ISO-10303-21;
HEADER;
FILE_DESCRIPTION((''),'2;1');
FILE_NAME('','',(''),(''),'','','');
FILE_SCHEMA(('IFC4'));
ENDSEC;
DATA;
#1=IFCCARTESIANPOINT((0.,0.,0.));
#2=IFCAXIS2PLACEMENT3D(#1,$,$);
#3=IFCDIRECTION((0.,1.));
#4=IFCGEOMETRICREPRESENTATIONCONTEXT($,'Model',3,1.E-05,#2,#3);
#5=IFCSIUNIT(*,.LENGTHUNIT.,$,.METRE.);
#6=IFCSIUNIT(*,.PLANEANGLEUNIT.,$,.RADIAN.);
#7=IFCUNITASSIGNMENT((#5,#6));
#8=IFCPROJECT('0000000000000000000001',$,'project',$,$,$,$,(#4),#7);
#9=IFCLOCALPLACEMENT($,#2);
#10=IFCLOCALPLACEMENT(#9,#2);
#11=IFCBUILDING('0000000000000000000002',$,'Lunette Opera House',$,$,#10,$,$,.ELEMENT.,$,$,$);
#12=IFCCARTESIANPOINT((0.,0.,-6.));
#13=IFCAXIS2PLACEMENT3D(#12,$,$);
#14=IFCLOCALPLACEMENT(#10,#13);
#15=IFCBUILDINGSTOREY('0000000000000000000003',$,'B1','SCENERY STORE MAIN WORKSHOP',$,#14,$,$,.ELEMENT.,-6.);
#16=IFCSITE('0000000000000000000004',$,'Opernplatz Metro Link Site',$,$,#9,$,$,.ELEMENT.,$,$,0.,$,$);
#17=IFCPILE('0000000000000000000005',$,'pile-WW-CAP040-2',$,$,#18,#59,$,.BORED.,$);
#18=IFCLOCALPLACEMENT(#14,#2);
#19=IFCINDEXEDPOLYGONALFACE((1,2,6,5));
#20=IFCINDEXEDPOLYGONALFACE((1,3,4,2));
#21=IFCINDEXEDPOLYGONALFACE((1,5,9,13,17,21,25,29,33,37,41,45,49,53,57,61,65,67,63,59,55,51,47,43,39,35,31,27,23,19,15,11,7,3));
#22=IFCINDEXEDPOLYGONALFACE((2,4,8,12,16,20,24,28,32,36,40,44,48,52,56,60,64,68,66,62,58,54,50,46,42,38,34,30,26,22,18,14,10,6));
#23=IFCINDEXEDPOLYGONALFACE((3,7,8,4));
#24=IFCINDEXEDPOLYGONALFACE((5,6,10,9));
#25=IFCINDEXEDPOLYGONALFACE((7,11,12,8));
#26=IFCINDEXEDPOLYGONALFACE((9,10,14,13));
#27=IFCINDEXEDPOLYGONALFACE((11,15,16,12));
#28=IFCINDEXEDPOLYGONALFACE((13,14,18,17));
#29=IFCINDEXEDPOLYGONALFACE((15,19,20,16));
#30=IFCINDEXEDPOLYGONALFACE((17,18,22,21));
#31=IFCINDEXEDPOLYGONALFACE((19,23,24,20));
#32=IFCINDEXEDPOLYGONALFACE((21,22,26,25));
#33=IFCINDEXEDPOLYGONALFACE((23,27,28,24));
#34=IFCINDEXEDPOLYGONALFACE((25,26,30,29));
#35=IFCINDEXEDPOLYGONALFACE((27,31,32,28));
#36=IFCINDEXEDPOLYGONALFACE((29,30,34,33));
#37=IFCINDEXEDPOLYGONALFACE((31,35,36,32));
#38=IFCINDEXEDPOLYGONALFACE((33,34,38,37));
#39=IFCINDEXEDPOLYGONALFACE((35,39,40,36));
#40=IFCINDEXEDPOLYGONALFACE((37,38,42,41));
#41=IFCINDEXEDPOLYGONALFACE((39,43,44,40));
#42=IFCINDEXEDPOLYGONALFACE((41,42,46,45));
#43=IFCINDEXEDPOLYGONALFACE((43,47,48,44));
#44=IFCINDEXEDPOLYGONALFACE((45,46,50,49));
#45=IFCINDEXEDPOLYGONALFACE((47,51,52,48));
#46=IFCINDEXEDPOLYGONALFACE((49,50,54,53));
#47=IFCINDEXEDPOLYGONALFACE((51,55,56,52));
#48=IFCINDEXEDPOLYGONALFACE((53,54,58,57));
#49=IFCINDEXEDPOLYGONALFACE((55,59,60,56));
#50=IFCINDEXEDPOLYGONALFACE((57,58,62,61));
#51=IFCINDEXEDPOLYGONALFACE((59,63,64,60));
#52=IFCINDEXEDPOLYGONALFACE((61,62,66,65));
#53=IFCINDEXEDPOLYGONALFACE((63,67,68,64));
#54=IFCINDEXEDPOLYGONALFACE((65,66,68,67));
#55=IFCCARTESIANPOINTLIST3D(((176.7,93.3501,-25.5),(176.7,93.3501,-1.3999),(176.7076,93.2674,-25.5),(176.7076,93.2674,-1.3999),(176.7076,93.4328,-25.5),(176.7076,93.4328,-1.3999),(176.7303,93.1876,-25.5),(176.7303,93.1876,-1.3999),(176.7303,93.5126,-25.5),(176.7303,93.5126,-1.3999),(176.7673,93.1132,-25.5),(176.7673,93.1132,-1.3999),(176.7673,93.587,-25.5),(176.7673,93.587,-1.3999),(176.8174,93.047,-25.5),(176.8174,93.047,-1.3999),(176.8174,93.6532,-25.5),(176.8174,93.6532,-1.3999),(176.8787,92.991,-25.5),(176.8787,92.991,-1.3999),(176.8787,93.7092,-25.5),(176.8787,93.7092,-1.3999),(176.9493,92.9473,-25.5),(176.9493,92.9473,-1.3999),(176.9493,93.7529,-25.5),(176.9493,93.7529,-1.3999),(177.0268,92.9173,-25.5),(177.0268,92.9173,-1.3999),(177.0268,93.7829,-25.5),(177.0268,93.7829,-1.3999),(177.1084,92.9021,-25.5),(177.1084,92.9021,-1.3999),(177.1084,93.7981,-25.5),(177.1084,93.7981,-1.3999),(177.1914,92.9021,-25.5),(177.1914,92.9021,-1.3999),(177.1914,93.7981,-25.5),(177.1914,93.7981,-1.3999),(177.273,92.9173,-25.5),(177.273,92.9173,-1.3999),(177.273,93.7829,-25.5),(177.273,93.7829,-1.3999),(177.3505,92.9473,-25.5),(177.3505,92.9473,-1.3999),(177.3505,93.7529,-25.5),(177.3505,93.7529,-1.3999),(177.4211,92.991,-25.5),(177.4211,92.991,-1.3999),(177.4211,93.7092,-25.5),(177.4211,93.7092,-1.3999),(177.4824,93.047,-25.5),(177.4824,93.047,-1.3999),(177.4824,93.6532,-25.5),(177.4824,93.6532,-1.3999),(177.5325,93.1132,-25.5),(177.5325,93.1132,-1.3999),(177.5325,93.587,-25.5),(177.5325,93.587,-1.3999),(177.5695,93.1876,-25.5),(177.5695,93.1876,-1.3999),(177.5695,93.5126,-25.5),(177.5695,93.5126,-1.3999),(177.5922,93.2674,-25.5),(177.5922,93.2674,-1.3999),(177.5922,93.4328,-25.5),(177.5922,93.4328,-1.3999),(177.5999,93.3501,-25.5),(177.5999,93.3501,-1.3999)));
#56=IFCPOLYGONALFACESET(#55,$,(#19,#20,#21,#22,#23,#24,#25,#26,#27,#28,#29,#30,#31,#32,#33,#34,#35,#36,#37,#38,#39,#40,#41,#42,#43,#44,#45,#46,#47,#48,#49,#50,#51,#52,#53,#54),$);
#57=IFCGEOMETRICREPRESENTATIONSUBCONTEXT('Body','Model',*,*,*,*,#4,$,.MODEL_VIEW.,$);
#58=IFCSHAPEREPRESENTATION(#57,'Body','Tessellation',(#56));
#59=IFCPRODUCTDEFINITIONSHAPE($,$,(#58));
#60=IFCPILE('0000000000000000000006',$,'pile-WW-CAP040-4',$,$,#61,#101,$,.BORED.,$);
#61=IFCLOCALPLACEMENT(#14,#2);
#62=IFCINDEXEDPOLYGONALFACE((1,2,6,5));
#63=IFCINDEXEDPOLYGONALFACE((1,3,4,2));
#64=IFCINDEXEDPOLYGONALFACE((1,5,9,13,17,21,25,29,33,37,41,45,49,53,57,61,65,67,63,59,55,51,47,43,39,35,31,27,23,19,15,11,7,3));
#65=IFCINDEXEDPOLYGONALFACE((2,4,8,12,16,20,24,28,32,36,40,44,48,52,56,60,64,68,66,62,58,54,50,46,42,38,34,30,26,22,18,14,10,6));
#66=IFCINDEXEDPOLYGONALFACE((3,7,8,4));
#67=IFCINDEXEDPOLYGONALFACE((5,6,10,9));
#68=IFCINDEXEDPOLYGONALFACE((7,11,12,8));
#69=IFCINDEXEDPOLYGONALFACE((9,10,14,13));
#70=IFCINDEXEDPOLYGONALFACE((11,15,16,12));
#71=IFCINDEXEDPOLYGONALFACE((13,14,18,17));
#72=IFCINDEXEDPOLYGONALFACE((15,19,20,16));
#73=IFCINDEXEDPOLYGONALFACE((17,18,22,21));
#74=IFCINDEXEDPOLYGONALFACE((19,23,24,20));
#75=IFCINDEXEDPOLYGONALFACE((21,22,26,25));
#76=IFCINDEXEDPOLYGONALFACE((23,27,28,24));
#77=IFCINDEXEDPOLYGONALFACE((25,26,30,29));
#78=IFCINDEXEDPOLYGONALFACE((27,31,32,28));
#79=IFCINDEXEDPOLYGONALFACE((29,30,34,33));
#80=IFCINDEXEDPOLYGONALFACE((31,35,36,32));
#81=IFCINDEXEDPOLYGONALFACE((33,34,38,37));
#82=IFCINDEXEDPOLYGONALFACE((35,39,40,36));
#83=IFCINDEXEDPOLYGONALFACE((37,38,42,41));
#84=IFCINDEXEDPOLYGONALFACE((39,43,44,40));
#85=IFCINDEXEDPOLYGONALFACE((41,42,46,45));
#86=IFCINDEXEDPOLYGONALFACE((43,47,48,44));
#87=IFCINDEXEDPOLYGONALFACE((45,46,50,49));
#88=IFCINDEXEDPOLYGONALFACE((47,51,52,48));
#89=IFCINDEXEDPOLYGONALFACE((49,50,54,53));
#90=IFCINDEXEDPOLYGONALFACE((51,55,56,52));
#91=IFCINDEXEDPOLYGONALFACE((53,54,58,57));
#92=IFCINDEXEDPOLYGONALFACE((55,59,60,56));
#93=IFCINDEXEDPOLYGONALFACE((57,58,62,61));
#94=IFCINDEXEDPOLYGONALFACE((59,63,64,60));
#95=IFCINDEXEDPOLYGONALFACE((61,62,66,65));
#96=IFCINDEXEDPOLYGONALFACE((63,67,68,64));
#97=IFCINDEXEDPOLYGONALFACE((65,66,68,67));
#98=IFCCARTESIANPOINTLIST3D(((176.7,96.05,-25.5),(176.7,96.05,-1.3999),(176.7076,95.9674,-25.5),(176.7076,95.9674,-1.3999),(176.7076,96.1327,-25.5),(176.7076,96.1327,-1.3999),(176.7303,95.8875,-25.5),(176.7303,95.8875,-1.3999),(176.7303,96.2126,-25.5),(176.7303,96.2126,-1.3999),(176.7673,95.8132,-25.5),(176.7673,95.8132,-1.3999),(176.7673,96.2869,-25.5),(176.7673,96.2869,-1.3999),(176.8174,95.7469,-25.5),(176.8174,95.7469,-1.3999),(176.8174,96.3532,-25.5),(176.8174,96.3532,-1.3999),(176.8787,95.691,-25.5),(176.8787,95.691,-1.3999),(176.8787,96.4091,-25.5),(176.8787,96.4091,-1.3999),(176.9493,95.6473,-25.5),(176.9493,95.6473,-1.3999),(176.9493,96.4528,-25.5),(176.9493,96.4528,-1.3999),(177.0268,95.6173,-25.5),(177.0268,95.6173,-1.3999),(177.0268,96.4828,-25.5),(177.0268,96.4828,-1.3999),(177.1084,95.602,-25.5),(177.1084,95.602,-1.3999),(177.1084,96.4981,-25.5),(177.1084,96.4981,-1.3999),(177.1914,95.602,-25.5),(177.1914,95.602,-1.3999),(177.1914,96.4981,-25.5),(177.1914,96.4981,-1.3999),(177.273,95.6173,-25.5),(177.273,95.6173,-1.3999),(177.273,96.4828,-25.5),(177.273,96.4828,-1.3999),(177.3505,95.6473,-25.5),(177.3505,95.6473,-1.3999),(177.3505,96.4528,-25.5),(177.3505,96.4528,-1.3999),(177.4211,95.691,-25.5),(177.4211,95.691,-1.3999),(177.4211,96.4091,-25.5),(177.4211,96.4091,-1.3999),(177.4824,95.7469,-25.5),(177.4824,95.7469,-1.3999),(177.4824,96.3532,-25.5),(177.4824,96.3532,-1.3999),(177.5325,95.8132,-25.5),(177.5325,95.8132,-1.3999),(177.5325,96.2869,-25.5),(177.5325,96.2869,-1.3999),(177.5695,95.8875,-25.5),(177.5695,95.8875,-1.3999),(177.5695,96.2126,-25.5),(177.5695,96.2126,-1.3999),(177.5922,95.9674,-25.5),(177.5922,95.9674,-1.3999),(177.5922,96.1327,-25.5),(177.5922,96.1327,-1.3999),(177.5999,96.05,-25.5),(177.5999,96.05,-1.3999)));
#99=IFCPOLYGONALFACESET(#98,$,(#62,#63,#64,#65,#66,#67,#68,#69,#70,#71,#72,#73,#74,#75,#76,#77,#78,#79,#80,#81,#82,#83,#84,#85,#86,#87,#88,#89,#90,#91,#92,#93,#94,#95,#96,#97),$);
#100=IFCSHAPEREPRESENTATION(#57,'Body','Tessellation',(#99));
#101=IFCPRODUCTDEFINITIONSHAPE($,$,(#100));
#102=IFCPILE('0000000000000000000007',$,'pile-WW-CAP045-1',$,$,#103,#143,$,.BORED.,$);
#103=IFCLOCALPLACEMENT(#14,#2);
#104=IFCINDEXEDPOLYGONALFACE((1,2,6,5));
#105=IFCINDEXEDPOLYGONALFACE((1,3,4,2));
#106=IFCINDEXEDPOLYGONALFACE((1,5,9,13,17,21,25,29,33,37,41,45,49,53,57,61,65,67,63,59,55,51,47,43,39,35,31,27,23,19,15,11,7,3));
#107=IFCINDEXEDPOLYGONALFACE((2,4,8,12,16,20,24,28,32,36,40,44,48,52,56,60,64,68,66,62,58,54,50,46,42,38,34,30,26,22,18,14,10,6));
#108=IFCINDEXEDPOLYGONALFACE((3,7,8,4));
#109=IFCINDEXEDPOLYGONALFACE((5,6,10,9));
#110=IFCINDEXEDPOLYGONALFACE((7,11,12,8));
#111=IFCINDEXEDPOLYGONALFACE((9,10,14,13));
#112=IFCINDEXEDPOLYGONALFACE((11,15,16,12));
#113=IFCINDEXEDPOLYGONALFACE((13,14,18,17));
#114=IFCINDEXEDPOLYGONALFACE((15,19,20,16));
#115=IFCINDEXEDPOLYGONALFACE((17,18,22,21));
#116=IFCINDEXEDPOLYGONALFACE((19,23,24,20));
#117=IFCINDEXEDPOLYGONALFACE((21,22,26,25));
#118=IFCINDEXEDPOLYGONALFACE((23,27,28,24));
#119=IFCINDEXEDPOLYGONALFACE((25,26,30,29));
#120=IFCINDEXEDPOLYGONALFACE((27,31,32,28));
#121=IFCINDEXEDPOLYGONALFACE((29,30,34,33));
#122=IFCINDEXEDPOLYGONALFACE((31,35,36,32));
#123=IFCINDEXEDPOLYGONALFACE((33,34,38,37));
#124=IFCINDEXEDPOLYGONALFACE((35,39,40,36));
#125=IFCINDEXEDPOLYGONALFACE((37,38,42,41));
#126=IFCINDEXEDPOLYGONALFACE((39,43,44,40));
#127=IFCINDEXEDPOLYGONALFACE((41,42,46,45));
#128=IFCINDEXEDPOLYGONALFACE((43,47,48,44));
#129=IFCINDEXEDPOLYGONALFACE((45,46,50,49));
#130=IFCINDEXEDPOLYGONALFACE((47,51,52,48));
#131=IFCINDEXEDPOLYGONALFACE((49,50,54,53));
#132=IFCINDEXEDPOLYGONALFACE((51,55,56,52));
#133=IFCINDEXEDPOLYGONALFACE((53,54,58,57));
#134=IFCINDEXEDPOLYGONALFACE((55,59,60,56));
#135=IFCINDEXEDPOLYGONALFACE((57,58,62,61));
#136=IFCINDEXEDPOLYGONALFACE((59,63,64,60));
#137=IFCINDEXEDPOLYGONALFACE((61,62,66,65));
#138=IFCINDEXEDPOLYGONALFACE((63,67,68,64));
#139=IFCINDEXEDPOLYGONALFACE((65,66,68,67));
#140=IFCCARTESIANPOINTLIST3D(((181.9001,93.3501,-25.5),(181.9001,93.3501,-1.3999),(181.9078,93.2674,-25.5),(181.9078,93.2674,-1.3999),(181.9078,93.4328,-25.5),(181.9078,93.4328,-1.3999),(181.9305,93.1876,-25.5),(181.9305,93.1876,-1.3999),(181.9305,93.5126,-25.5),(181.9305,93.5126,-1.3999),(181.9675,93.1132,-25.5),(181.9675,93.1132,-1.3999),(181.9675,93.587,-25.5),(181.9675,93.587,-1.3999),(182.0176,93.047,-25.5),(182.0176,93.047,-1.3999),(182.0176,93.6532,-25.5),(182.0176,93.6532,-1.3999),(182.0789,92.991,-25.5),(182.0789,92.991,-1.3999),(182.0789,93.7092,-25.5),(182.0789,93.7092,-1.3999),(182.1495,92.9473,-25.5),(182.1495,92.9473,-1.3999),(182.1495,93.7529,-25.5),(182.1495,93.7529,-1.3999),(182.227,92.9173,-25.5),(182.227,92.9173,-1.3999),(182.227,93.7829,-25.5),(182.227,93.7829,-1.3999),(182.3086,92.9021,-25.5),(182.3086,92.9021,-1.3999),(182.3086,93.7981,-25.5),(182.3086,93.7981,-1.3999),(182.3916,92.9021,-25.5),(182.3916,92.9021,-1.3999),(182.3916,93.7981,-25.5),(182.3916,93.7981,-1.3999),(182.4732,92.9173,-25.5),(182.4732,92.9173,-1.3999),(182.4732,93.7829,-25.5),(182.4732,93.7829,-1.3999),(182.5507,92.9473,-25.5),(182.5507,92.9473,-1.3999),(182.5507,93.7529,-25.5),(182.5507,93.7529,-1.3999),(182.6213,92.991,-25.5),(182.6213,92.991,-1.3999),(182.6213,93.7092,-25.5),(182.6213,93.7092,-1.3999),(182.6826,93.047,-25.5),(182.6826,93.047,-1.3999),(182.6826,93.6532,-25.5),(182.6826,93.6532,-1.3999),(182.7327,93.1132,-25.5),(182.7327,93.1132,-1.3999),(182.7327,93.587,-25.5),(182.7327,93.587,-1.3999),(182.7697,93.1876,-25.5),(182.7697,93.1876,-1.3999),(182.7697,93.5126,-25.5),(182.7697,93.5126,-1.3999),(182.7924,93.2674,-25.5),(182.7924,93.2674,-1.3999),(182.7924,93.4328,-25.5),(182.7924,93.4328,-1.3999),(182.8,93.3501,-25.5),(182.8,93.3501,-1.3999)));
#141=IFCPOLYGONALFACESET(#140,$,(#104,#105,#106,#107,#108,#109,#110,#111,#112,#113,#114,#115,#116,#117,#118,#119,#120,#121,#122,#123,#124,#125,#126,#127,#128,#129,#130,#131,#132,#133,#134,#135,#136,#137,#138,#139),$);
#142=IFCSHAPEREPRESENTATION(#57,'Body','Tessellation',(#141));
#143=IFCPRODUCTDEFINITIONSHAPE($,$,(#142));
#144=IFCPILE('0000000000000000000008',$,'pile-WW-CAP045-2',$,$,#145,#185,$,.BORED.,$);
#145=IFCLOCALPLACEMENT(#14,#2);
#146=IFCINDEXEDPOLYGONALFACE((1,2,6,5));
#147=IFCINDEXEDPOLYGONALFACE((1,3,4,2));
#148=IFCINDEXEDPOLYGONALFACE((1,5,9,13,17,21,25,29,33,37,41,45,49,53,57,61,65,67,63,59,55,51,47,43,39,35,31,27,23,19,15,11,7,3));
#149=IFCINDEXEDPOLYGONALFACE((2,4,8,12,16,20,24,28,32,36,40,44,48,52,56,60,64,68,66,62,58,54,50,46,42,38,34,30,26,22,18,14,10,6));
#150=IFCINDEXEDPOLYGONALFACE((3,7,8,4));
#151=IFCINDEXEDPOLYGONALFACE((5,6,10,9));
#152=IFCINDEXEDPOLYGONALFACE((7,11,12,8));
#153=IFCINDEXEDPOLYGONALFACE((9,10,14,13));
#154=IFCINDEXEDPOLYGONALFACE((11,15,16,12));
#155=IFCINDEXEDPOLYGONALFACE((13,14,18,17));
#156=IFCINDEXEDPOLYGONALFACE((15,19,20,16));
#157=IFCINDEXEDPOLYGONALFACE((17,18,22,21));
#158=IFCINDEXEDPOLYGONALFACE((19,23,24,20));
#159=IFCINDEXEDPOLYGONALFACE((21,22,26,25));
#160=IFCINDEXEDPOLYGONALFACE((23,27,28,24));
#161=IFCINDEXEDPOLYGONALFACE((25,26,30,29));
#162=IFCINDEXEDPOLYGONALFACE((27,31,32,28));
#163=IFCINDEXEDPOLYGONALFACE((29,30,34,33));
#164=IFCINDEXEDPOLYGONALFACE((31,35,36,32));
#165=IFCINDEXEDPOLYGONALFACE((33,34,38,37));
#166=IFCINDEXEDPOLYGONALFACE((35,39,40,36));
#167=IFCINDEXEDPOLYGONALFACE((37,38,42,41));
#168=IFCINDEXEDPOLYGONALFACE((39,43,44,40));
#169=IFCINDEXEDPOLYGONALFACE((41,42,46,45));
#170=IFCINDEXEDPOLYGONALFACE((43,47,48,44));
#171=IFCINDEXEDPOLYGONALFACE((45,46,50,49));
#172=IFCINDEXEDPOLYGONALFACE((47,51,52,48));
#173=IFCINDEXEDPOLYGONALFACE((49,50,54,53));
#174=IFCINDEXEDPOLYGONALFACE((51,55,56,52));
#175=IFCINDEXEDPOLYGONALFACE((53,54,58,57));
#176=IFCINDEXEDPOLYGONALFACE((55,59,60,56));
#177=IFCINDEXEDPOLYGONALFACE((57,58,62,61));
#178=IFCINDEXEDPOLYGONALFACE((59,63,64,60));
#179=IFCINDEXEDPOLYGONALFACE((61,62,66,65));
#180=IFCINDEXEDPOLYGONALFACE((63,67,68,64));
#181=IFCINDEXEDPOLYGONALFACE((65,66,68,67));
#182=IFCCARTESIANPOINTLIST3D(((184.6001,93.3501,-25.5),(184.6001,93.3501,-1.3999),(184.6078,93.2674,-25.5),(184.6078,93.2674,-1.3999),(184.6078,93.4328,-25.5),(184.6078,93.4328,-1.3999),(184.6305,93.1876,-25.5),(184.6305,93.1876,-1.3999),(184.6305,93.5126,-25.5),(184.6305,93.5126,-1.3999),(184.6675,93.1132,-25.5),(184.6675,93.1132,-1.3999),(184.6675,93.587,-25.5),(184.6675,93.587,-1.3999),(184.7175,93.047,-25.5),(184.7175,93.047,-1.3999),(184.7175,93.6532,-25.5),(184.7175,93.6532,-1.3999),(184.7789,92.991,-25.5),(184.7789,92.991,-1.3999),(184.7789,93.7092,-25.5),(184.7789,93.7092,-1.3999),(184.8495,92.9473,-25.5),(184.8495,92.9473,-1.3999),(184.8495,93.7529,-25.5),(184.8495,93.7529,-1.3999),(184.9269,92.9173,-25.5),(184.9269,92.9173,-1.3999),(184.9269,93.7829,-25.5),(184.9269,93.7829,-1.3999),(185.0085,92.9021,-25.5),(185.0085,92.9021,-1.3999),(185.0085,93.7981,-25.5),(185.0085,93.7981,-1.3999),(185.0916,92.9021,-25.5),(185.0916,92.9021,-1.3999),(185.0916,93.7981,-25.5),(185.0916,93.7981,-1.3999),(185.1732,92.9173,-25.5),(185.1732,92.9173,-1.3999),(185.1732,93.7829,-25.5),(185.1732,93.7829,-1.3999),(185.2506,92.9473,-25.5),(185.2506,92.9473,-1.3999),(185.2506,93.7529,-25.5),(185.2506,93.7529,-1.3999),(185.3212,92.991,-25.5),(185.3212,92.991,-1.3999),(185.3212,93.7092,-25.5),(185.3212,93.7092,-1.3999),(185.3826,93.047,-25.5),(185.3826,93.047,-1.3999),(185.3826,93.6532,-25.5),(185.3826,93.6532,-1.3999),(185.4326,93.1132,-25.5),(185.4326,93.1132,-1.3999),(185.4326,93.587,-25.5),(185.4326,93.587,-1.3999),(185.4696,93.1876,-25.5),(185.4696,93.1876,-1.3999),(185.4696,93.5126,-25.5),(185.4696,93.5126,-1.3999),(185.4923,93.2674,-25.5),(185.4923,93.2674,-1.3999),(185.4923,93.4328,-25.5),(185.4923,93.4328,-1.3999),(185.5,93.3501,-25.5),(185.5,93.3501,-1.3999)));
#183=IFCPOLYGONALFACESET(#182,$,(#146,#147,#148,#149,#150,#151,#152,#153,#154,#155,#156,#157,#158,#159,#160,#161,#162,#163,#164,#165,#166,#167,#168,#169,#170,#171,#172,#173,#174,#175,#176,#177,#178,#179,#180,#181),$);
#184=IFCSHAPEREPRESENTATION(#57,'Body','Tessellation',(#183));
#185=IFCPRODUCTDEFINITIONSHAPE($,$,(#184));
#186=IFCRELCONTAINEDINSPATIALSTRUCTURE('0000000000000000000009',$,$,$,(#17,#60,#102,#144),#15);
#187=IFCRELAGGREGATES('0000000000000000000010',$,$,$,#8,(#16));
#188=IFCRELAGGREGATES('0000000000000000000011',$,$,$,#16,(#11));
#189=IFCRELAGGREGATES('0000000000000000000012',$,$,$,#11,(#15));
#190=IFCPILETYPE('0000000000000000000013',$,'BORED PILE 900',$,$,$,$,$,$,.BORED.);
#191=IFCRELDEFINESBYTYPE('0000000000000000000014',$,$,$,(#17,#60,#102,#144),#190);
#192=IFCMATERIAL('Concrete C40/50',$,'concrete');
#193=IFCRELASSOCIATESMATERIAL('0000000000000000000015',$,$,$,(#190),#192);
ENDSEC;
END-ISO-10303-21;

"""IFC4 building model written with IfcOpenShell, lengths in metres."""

from ifc_helpers import new_model, si_unit, direction, frame, origin, origin_2d, place, context, subcontext, project, spatial, circle, extrude, material, material_profile, profile_set, type_object, element, save


model = new_model("IFC4")

# Units and contexts
model_context = context("Model", 3, precision=1e-05, world=origin(), true_north=direction((0.0, 1.0)))
body_context = subcontext(model_context, "Body", "Model", "MODEL_VIEW")
ifc_project = project(units=[si_unit("LENGTHUNIT", "METRE"), si_unit("PLANEANGLEUNIT", "RADIAN")], contexts=[model_context])

# Site, building, storey
site_placement = place(None, origin())
site = spatial("IfcSite", under=ifc_project, at=site_placement, Name="Opernplatz Metro Link Site", CompositionType="ELEMENT", RefElevation=0.0)
building_placement = place(site_placement, origin())
building = spatial("IfcBuilding", under=site, at=building_placement, Name="Lunette Opera House", CompositionType="ELEMENT")
storey_placement = place(building_placement, frame((0.0, 0.0, -6.0)))
storey = spatial("IfcBuildingStorey", under=building, at=storey_placement, Name="B1", Description="SCENERY STORE MAIN WORKSHOP", CompositionType="ELEMENT", Elevation=-6.0)

# Piles
ifc_material_1 = material(Name="Concrete C40/50", Category="concrete")
ifc_material_profile_1 = material_profile(ifc_material_1, circle(Radius=0.45, at=origin_2d()), Name="BORED PILE 900")
ifc_profile_set_1 = profile_set([ifc_material_profile_1], Name="Concrete C40/50")
pile_type = type_object("IfcPileType", Name="BORED PILE 900", PredefinedType="BORED", material=ifc_profile_set_1)
for number, where, z_axis, x_axis, name in (
    (1, (177.1499, 93.3501, -1.3999), (0.0, 0.0, -1.0), (1.0, 0.0, 0.0), "pile-WW-CAP040-2"),
    (2, (177.1499, 96.05, -1.3999), (0.0, 0.0, -1.0), (1.0, 0.0, 0.0), "pile-WW-CAP040-4"),
    (3, (182.3501, 93.3501, -1.3999), (0.0, 0.0, -1.0), (1.0, 0.0, 0.0), "pile-WW-CAP045-1"),
    (4, (185.05, 93.3501, -1.3999), (0.0, 0.0, -1.0), (1.0, 0.0, 0.0), "pile-WW-CAP045-2"),
):
    element("IfcPile", number, at=place(storey_placement, frame(where, z_axis=z_axis, x_axis=x_axis)), inside=storey, type_object=pile_type, Name=name, PredefinedType="BORED", context=body_context, shape_type="SweptSolid", body=[
        extrude(circle(Radius=0.45, at=origin_2d()), origin(), (0.0, 0.0, 1.0), 24.1001),
    ])

save(model, "model.ifc")
